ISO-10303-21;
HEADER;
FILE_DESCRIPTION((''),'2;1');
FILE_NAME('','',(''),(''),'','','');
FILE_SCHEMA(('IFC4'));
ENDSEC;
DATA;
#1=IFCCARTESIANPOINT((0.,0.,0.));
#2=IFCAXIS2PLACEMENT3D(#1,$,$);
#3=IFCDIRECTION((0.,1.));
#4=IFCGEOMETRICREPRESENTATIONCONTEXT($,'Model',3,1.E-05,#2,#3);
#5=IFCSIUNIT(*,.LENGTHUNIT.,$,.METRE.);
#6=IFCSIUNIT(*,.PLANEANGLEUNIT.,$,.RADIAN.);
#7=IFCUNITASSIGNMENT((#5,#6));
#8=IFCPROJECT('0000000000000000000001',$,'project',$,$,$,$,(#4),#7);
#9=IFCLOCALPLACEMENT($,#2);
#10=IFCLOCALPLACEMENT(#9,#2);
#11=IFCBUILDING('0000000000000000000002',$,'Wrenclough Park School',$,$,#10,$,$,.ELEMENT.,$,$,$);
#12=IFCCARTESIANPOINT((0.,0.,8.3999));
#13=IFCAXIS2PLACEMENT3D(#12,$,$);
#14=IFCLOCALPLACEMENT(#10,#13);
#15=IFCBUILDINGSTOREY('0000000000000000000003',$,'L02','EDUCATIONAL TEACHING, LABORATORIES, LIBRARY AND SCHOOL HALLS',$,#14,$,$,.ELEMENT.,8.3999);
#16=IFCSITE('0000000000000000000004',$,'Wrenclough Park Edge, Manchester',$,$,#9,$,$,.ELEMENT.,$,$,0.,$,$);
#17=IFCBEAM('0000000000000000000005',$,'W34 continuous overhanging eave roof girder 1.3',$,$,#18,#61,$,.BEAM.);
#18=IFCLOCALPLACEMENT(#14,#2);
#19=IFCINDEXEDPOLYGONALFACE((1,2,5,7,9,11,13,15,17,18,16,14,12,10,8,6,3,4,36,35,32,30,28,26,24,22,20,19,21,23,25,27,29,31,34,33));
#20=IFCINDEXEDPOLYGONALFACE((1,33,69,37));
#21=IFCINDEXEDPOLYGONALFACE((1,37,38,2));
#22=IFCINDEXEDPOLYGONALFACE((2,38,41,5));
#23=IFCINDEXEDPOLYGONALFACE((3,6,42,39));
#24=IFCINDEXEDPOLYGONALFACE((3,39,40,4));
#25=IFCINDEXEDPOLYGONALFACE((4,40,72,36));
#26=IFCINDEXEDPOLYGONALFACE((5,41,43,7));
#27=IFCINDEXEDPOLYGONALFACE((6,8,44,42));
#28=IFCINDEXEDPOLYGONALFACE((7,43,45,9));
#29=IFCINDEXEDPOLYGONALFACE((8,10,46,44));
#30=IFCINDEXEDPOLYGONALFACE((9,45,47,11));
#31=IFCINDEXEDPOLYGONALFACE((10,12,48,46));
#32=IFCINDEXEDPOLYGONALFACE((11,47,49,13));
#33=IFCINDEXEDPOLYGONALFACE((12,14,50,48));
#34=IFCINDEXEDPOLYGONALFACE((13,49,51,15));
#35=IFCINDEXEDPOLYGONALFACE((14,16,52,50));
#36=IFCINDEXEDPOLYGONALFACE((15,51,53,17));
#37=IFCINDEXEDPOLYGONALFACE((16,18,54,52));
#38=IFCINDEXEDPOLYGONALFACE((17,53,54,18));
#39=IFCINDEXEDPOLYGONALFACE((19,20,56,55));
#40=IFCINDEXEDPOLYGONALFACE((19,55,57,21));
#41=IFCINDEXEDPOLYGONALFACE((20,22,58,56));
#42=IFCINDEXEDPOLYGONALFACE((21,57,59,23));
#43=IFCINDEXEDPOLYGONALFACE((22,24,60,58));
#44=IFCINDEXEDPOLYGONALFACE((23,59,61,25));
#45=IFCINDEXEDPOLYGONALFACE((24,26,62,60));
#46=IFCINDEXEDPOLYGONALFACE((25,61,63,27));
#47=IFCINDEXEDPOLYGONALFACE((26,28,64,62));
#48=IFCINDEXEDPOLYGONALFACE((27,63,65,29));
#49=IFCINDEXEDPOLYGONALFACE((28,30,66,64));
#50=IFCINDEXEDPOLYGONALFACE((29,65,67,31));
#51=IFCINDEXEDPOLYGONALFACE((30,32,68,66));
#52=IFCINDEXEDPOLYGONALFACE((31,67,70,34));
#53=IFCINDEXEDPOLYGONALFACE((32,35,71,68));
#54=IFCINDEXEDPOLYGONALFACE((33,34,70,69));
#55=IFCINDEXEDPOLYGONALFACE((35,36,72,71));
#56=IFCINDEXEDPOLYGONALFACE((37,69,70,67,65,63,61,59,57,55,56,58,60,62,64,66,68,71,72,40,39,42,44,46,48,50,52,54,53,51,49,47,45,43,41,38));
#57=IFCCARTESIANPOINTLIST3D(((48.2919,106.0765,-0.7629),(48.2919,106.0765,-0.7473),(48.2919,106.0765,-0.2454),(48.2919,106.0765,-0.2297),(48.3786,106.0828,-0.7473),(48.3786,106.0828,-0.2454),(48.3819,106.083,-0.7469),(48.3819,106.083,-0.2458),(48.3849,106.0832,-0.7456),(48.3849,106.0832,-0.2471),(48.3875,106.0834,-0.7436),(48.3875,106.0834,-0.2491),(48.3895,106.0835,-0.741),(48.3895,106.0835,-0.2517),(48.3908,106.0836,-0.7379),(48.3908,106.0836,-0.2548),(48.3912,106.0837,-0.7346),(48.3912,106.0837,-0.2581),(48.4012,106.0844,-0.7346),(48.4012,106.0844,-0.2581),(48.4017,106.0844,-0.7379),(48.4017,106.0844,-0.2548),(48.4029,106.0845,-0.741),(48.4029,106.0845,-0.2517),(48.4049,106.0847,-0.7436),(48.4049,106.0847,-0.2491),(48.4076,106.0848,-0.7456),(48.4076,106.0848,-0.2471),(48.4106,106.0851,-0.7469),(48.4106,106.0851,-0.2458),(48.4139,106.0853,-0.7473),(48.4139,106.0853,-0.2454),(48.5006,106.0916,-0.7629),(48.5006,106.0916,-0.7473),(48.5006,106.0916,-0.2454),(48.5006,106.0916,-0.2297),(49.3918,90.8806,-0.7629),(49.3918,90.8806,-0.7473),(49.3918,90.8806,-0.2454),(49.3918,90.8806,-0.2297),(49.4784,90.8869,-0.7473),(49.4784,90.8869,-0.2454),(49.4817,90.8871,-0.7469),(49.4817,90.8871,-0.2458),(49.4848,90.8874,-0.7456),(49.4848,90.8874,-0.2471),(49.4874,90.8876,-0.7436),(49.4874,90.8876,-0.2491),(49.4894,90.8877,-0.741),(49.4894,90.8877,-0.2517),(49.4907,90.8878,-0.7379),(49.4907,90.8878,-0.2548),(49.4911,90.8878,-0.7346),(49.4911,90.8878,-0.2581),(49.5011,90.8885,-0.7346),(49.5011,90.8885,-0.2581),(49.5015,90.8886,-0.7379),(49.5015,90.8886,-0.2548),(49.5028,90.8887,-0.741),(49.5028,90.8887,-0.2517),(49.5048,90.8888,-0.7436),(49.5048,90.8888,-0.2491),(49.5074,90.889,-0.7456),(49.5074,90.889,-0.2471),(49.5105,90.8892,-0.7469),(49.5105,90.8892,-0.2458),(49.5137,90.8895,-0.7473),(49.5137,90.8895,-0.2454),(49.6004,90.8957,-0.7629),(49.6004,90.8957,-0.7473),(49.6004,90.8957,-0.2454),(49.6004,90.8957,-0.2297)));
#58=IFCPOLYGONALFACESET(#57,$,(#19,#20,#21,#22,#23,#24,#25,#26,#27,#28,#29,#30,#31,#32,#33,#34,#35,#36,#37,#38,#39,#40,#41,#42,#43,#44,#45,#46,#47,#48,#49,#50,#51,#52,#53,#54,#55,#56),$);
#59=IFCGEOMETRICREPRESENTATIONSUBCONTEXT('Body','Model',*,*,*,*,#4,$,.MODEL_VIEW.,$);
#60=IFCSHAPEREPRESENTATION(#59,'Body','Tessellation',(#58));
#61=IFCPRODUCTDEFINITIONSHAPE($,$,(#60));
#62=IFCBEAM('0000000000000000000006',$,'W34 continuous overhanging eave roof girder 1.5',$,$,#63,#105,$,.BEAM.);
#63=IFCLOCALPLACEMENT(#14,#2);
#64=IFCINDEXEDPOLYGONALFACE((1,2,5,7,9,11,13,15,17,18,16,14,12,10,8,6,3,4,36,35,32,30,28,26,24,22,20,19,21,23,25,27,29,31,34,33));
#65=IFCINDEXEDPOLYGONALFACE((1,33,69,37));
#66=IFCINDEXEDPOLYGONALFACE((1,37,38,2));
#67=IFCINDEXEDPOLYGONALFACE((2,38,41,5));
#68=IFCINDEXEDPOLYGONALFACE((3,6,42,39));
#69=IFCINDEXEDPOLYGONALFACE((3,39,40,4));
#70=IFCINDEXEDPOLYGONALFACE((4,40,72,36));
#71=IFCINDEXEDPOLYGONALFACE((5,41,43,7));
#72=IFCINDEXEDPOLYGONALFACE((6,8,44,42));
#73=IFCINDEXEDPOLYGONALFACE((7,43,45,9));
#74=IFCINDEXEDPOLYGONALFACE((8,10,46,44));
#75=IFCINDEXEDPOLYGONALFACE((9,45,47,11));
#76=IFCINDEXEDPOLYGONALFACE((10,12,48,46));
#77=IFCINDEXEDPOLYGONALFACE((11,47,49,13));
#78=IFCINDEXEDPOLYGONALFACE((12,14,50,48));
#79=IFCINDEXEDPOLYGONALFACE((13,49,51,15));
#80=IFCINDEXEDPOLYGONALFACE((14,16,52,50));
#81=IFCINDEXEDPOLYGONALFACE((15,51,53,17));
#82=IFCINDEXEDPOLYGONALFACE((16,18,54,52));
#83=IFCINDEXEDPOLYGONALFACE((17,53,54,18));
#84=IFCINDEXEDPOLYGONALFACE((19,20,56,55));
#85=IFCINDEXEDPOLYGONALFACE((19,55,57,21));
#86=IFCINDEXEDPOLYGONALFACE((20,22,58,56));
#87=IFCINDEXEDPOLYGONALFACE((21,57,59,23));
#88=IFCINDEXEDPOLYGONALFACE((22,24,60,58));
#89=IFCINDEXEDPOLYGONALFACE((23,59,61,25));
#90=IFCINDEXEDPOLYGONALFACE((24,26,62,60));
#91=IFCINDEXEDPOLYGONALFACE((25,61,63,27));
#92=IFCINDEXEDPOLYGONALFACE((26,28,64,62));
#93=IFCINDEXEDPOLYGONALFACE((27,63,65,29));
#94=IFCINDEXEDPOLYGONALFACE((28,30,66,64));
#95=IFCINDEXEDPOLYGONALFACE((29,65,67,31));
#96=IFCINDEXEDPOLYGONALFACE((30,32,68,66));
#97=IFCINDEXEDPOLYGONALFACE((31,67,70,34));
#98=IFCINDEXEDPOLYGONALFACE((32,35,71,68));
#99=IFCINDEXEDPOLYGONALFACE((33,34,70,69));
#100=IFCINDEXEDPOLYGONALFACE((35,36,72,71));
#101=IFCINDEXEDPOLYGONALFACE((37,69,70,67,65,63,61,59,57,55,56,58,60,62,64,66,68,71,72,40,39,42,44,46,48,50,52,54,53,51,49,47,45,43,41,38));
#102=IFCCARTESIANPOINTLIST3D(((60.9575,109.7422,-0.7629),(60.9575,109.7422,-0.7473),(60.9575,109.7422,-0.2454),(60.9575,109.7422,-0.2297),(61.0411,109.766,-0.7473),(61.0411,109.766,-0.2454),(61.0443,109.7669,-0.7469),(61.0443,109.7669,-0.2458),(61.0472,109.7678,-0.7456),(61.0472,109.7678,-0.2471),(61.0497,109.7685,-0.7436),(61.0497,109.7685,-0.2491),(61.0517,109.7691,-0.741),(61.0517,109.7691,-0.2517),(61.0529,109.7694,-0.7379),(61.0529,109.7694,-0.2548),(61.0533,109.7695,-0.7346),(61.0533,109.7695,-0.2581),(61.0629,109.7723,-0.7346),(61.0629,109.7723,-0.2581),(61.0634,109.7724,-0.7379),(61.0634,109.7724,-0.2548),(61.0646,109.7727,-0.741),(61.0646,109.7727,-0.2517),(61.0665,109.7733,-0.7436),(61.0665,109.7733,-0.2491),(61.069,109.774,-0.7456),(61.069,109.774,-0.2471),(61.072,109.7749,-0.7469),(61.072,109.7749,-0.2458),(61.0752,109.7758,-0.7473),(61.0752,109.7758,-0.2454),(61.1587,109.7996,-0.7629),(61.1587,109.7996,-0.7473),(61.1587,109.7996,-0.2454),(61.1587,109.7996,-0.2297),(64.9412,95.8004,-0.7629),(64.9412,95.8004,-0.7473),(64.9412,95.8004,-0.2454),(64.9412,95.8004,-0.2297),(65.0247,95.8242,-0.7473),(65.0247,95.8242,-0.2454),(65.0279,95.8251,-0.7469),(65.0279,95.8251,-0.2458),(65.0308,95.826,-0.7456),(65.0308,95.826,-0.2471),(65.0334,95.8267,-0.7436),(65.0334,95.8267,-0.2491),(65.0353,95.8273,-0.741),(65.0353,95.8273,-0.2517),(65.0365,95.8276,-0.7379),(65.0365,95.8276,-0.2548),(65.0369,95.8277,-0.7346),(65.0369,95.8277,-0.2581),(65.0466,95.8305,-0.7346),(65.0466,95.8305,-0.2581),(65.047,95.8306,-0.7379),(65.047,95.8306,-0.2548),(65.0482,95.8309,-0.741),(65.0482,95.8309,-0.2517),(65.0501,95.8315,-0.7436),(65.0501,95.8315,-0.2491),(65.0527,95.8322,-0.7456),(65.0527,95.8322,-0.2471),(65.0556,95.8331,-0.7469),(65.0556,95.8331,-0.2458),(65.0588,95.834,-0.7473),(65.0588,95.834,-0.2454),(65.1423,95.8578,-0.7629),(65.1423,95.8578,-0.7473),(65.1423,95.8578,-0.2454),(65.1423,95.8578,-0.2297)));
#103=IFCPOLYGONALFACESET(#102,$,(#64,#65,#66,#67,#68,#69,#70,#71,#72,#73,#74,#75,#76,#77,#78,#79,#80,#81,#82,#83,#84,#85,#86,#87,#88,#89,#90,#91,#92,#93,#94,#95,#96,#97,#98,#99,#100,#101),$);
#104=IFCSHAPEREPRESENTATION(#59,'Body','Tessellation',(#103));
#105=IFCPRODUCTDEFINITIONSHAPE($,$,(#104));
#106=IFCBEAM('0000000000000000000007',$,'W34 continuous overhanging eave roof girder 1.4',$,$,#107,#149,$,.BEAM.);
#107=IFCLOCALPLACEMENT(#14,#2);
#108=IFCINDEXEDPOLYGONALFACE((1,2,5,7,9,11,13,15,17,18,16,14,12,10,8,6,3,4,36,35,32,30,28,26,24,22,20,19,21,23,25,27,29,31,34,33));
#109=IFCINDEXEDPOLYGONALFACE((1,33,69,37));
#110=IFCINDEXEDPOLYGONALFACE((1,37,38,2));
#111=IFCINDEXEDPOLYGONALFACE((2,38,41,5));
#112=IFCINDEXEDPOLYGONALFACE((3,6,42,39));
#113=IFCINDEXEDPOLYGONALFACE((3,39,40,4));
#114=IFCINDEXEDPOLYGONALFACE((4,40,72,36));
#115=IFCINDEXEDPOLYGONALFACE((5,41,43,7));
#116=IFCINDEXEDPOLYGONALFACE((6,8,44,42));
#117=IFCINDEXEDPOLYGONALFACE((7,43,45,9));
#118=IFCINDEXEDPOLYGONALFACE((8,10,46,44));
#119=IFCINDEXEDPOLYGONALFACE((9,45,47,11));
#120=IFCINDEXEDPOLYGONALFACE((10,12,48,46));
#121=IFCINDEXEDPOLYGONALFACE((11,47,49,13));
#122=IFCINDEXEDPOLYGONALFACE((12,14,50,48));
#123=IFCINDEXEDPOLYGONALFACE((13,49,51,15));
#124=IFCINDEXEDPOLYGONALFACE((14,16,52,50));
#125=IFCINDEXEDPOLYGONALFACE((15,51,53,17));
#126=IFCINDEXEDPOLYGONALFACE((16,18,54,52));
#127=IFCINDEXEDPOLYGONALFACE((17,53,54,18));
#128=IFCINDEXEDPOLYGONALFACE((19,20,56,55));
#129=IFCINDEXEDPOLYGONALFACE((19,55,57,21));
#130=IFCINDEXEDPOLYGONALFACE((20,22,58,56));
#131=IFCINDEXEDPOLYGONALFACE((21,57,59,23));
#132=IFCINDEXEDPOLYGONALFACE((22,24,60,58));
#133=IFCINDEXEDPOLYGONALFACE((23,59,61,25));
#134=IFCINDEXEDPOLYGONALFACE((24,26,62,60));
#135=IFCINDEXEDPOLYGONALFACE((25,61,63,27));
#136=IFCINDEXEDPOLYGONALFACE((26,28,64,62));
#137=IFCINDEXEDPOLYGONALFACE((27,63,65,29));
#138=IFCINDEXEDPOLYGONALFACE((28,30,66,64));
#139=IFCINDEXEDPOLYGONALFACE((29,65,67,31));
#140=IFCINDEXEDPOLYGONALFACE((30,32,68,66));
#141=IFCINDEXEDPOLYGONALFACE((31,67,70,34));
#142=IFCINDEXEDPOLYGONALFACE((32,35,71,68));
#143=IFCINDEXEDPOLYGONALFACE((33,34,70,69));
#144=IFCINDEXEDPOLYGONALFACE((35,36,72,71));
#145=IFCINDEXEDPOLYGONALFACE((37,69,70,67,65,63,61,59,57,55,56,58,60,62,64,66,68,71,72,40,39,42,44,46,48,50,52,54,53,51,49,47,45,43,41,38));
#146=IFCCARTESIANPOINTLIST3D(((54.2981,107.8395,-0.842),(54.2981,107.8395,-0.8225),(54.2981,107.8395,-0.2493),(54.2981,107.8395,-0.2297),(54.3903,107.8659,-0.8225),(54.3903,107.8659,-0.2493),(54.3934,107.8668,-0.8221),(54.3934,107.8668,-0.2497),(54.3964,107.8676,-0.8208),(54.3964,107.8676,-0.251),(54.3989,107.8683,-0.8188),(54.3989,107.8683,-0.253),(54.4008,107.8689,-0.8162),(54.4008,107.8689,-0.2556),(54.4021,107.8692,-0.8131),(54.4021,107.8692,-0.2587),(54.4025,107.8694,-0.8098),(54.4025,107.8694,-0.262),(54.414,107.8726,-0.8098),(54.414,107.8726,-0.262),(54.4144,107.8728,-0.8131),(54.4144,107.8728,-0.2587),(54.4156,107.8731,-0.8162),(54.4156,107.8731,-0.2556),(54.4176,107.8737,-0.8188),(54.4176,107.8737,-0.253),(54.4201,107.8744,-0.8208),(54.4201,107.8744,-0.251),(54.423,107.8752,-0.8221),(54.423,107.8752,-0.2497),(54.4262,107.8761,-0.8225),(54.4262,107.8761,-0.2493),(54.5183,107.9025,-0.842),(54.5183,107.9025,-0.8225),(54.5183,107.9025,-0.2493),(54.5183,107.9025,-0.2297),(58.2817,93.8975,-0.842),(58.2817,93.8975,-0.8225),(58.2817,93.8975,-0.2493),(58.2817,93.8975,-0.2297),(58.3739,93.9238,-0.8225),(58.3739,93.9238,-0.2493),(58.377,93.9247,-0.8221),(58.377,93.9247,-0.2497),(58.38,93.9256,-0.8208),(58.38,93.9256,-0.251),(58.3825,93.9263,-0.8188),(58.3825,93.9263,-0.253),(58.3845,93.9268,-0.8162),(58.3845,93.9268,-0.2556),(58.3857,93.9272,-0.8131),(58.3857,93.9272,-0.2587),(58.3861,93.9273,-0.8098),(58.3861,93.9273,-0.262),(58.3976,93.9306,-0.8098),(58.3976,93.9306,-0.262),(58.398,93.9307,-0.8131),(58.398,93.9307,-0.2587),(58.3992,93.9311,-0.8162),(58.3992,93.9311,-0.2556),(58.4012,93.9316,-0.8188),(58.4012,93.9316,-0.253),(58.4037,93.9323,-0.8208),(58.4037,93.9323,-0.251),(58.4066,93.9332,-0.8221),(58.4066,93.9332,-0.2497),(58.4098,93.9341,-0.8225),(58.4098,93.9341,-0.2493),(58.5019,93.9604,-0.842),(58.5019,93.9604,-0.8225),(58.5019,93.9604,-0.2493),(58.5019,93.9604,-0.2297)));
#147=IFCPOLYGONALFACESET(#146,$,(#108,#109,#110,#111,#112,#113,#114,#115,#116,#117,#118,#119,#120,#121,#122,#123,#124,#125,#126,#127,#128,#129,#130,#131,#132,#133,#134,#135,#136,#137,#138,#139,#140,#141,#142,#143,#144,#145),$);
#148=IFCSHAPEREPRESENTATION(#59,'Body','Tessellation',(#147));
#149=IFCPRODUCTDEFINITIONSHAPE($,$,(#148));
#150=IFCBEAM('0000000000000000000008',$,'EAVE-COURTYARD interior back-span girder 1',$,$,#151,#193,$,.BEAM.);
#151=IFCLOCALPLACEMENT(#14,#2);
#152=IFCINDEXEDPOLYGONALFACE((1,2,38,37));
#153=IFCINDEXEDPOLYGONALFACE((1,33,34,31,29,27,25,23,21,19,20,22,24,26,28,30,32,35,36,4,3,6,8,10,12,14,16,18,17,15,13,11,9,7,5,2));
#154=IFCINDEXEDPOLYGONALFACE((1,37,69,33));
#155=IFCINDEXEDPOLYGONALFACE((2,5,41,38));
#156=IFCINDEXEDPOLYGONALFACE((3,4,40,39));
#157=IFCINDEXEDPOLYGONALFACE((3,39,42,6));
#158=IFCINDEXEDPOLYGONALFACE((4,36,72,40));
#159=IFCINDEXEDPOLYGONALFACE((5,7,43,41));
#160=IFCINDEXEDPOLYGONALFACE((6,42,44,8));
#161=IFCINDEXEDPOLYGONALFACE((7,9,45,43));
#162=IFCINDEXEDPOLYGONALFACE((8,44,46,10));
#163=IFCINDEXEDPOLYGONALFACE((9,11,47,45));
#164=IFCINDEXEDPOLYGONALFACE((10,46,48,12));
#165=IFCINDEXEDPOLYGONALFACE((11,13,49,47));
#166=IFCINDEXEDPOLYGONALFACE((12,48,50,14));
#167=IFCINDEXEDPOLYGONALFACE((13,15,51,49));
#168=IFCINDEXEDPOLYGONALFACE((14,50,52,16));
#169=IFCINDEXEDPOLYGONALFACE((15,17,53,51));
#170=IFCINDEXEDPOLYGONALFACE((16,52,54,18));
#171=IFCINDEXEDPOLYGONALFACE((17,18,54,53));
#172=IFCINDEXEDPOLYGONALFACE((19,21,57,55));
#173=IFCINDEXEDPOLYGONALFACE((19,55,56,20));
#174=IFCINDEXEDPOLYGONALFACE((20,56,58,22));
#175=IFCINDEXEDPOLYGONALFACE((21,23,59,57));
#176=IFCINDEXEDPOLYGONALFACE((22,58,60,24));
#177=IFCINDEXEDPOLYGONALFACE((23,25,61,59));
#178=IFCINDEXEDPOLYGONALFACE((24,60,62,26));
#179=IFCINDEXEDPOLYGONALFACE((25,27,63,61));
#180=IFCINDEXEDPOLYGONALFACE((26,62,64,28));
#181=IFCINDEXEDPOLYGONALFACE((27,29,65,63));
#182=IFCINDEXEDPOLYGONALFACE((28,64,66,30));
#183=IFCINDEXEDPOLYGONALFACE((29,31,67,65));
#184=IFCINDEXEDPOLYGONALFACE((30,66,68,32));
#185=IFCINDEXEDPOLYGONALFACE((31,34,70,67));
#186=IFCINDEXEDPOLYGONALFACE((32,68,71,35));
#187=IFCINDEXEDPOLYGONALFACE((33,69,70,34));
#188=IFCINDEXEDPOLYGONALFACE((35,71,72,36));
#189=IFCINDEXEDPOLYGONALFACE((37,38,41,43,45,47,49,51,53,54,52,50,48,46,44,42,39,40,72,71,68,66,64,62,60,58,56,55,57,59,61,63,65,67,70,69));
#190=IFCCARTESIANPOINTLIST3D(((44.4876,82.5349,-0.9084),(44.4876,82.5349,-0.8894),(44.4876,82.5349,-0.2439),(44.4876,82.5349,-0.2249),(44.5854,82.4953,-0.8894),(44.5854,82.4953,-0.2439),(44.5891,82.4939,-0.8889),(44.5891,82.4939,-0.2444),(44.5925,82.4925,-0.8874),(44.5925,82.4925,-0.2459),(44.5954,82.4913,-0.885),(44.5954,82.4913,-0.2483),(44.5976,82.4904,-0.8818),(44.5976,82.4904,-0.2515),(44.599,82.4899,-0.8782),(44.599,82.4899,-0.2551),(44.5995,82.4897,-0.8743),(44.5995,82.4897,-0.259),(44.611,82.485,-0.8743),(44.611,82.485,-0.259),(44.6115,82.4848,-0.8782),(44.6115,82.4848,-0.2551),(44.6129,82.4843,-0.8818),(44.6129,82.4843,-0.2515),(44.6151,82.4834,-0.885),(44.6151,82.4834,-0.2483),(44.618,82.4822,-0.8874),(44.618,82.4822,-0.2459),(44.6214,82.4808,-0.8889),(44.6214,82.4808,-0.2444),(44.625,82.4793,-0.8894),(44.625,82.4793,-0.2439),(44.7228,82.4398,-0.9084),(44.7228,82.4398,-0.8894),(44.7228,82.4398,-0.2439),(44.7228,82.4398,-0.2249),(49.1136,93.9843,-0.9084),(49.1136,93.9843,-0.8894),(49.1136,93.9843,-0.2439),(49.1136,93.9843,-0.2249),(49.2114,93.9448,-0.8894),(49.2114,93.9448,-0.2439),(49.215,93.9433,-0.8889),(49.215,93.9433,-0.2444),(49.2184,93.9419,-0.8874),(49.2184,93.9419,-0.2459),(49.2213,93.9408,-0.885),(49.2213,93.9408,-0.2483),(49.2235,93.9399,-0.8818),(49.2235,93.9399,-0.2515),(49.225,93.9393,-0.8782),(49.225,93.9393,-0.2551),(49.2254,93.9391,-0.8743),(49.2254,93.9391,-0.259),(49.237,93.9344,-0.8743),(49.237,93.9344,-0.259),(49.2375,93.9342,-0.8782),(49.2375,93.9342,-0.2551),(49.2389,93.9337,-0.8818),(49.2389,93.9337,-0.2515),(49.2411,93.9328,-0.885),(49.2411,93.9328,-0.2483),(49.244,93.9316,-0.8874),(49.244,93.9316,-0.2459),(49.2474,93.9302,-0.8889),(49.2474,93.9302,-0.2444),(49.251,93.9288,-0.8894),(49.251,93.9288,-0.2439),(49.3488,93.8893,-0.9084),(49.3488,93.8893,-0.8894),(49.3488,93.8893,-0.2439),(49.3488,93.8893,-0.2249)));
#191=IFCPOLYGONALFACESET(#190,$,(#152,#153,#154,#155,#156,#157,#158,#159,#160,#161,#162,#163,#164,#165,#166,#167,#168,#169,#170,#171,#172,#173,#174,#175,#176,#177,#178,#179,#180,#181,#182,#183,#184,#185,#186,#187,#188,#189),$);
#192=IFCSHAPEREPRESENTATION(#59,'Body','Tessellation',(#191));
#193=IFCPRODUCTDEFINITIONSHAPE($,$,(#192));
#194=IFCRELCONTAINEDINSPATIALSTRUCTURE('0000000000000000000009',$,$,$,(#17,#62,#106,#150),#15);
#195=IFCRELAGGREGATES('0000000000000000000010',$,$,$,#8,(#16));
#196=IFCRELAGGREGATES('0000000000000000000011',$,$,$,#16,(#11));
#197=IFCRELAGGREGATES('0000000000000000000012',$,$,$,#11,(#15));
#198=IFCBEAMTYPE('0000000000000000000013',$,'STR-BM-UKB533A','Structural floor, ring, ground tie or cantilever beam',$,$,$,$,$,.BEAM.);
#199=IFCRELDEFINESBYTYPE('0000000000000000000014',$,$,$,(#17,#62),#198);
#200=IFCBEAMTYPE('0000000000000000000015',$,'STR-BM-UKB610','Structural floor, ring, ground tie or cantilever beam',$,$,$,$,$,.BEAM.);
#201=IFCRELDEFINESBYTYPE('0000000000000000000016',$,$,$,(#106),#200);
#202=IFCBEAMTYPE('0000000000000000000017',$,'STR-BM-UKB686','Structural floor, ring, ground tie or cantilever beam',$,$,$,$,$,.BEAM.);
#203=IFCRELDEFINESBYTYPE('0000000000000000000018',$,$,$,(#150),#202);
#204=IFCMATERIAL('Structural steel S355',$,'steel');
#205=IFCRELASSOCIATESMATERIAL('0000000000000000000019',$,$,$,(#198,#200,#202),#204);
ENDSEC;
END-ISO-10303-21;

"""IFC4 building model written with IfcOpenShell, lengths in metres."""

from ifc_helpers import new_model, si_unit, direction, frame, origin, origin_2d, place, context, subcontext, project, spatial, i_section, extrude, material, material_profile, profile_set, type_object, element, save


model = new_model("IFC4")

# Units and contexts
model_context = context("Model", 3, precision=1e-05, world=origin(), true_north=direction((0.0, 1.0)))
body_context = subcontext(model_context, "Body", "Model", "MODEL_VIEW")
ifc_project = project(units=[si_unit("LENGTHUNIT", "METRE"), si_unit("PLANEANGLEUNIT", "RADIAN")], contexts=[model_context])

# Site, building, storey
site_placement = place(None, origin())
site = spatial("IfcSite", under=ifc_project, at=site_placement, Name="Wrenclough Park Edge, Manchester", CompositionType="ELEMENT", RefElevation=0.0)
building_placement = place(site_placement, origin())
building = spatial("IfcBuilding", under=site, at=building_placement, Name="Wrenclough Park School", CompositionType="ELEMENT")
storey_placement = place(building_placement, frame((0.0, 0.0, 8.3999)))
storey = spatial("IfcBuildingStorey", under=building, at=storey_placement, Name="L02", Description="EDUCATIONAL TEACHING, LABORATORIES, LIBRARY AND SCHOOL HALLS", CompositionType="ELEMENT", Elevation=8.3999)

# Shared definitions
ifc_material_1 = material(Name="Structural steel S355", Category="steel")

# Beams
ifc_material_profile_1 = material_profile(ifc_material_1, i_section(OverallWidth=0.2092, OverallDepth=0.5332, WebThickness=0.01, FlangeThickness=0.0156, FilletRadius=0.0127, at=origin_2d()), Name="UKB 533x210x92")
ifc_profile_set_1 = profile_set([ifc_material_profile_1], Name="Structural steel S355")
beam_type_1 = type_object("IfcBeamType", Name="STR-BM-UKB533A", Description="Structural floor, ring, ground tie or cantilever beam", PredefinedType="BEAM", material=ifc_profile_set_1)
beam_1_placement = place(storey_placement, frame((49.4961, 90.8882, -0.4963), z_axis=(-0.07219, 0.997391, 0.0), x_axis=(-0.997391, -0.07219, 0.0)))
element("IfcBeam", 1, at=beam_1_placement, inside=storey, type_object=beam_type_1, Name="W34 continuous overhanging eave roof girder 1.3", PredefinedType="BEAM", context=body_context, shape_type="SweptSolid", body=[
    extrude(i_section(OverallWidth=0.2092, OverallDepth=0.5332, WebThickness=0.01, FlangeThickness=0.0156, FilletRadius=0.0127, at=origin_2d()), origin(), (0.0, 0.0, 1.0), 15.2356),
])
beam_2_placement = place(storey_placement, frame((65.0417, 95.8291, -0.4963), z_axis=(-0.274737, 0.961519, 0.0), x_axis=(-0.961519, -0.274737, 0.0)))
element("IfcBeam", 2, at=beam_2_placement, inside=storey, type_object=beam_type_1, Name="W34 continuous overhanging eave roof girder 1.5", PredefinedType="BEAM", context=body_context, shape_type="SweptSolid", body=[
    extrude(i_section(OverallWidth=0.2092, OverallDepth=0.5332, WebThickness=0.01, FlangeThickness=0.0156, FilletRadius=0.0127, at=origin_2d()), origin(), (0.0, 0.0, 1.0), 14.4998),
])
ifc_material_profile_2 = material_profile(ifc_material_1, i_section(OverallWidth=0.229, OverallDepth=0.6123, WebThickness=0.012, FlangeThickness=0.0195, FilletRadius=0.0127, at=origin_2d()), Name="UKB 610x229x125")
ifc_profile_set_2 = profile_set([ifc_material_profile_2], Name="Structural steel S355")
beam_type_2 = type_object("IfcBeamType", Name="STR-BM-UKB610", Description="Structural floor, ring, ground tie or cantilever beam", PredefinedType="BEAM", material=ifc_profile_set_2)
beam_3_placement = place(storey_placement, frame((58.3918, 93.929, -0.5359), z_axis=(-0.274732, 0.961521, 0.0), x_axis=(-0.961521, -0.274732, 0.0)))
element("IfcBeam", 3, at=beam_3_placement, inside=storey, type_object=beam_type_2, Name="W34 continuous overhanging eave roof girder 1.4", PredefinedType="BEAM", context=body_context, shape_type="SweptSolid", body=[
    extrude(i_section(OverallWidth=0.229, OverallDepth=0.6123, WebThickness=0.012, FlangeThickness=0.0195, FilletRadius=0.0127, at=origin_2d()), origin(), (0.0, 0.0, 1.0), 14.5),
])
ifc_material_profile_3 = material_profile(ifc_material_1, i_section(OverallWidth=0.2537, OverallDepth=0.6836, WebThickness=0.0125, FlangeThickness=0.019, FilletRadius=0.0151, at=origin_2d()), Name="UKB 686x254x140")
ifc_profile_set_3 = profile_set([ifc_material_profile_3], Name="Structural steel S355")
beam_type_3 = type_object("IfcBeamType", Name="STR-BM-UKB686", Description="Structural floor, ring, ground tie or cantilever beam", PredefinedType="BEAM", material=ifc_profile_set_3)
beam_4_placement = place(storey_placement, frame((49.2312, 93.9368, -0.5667), z_axis=(-0.374613, -0.927181, 0.0), x_axis=(0.927181, -0.374613, 0.0)))
element("IfcBeam", 4, at=beam_4_placement, inside=storey, type_object=beam_type_3, Name="EAVE-COURTYARD interior back-span girder 1", PredefinedType="BEAM", context=body_context, shape_type="SweptSolid", body=[
    extrude(i_section(OverallWidth=0.2537, OverallDepth=0.6836, WebThickness=0.0125, FlangeThickness=0.019, FilletRadius=0.0151, at=origin_2d()), origin(), (0.0, 0.0, 1.0), 12.3486),
])

save(model, "model.ifc")
